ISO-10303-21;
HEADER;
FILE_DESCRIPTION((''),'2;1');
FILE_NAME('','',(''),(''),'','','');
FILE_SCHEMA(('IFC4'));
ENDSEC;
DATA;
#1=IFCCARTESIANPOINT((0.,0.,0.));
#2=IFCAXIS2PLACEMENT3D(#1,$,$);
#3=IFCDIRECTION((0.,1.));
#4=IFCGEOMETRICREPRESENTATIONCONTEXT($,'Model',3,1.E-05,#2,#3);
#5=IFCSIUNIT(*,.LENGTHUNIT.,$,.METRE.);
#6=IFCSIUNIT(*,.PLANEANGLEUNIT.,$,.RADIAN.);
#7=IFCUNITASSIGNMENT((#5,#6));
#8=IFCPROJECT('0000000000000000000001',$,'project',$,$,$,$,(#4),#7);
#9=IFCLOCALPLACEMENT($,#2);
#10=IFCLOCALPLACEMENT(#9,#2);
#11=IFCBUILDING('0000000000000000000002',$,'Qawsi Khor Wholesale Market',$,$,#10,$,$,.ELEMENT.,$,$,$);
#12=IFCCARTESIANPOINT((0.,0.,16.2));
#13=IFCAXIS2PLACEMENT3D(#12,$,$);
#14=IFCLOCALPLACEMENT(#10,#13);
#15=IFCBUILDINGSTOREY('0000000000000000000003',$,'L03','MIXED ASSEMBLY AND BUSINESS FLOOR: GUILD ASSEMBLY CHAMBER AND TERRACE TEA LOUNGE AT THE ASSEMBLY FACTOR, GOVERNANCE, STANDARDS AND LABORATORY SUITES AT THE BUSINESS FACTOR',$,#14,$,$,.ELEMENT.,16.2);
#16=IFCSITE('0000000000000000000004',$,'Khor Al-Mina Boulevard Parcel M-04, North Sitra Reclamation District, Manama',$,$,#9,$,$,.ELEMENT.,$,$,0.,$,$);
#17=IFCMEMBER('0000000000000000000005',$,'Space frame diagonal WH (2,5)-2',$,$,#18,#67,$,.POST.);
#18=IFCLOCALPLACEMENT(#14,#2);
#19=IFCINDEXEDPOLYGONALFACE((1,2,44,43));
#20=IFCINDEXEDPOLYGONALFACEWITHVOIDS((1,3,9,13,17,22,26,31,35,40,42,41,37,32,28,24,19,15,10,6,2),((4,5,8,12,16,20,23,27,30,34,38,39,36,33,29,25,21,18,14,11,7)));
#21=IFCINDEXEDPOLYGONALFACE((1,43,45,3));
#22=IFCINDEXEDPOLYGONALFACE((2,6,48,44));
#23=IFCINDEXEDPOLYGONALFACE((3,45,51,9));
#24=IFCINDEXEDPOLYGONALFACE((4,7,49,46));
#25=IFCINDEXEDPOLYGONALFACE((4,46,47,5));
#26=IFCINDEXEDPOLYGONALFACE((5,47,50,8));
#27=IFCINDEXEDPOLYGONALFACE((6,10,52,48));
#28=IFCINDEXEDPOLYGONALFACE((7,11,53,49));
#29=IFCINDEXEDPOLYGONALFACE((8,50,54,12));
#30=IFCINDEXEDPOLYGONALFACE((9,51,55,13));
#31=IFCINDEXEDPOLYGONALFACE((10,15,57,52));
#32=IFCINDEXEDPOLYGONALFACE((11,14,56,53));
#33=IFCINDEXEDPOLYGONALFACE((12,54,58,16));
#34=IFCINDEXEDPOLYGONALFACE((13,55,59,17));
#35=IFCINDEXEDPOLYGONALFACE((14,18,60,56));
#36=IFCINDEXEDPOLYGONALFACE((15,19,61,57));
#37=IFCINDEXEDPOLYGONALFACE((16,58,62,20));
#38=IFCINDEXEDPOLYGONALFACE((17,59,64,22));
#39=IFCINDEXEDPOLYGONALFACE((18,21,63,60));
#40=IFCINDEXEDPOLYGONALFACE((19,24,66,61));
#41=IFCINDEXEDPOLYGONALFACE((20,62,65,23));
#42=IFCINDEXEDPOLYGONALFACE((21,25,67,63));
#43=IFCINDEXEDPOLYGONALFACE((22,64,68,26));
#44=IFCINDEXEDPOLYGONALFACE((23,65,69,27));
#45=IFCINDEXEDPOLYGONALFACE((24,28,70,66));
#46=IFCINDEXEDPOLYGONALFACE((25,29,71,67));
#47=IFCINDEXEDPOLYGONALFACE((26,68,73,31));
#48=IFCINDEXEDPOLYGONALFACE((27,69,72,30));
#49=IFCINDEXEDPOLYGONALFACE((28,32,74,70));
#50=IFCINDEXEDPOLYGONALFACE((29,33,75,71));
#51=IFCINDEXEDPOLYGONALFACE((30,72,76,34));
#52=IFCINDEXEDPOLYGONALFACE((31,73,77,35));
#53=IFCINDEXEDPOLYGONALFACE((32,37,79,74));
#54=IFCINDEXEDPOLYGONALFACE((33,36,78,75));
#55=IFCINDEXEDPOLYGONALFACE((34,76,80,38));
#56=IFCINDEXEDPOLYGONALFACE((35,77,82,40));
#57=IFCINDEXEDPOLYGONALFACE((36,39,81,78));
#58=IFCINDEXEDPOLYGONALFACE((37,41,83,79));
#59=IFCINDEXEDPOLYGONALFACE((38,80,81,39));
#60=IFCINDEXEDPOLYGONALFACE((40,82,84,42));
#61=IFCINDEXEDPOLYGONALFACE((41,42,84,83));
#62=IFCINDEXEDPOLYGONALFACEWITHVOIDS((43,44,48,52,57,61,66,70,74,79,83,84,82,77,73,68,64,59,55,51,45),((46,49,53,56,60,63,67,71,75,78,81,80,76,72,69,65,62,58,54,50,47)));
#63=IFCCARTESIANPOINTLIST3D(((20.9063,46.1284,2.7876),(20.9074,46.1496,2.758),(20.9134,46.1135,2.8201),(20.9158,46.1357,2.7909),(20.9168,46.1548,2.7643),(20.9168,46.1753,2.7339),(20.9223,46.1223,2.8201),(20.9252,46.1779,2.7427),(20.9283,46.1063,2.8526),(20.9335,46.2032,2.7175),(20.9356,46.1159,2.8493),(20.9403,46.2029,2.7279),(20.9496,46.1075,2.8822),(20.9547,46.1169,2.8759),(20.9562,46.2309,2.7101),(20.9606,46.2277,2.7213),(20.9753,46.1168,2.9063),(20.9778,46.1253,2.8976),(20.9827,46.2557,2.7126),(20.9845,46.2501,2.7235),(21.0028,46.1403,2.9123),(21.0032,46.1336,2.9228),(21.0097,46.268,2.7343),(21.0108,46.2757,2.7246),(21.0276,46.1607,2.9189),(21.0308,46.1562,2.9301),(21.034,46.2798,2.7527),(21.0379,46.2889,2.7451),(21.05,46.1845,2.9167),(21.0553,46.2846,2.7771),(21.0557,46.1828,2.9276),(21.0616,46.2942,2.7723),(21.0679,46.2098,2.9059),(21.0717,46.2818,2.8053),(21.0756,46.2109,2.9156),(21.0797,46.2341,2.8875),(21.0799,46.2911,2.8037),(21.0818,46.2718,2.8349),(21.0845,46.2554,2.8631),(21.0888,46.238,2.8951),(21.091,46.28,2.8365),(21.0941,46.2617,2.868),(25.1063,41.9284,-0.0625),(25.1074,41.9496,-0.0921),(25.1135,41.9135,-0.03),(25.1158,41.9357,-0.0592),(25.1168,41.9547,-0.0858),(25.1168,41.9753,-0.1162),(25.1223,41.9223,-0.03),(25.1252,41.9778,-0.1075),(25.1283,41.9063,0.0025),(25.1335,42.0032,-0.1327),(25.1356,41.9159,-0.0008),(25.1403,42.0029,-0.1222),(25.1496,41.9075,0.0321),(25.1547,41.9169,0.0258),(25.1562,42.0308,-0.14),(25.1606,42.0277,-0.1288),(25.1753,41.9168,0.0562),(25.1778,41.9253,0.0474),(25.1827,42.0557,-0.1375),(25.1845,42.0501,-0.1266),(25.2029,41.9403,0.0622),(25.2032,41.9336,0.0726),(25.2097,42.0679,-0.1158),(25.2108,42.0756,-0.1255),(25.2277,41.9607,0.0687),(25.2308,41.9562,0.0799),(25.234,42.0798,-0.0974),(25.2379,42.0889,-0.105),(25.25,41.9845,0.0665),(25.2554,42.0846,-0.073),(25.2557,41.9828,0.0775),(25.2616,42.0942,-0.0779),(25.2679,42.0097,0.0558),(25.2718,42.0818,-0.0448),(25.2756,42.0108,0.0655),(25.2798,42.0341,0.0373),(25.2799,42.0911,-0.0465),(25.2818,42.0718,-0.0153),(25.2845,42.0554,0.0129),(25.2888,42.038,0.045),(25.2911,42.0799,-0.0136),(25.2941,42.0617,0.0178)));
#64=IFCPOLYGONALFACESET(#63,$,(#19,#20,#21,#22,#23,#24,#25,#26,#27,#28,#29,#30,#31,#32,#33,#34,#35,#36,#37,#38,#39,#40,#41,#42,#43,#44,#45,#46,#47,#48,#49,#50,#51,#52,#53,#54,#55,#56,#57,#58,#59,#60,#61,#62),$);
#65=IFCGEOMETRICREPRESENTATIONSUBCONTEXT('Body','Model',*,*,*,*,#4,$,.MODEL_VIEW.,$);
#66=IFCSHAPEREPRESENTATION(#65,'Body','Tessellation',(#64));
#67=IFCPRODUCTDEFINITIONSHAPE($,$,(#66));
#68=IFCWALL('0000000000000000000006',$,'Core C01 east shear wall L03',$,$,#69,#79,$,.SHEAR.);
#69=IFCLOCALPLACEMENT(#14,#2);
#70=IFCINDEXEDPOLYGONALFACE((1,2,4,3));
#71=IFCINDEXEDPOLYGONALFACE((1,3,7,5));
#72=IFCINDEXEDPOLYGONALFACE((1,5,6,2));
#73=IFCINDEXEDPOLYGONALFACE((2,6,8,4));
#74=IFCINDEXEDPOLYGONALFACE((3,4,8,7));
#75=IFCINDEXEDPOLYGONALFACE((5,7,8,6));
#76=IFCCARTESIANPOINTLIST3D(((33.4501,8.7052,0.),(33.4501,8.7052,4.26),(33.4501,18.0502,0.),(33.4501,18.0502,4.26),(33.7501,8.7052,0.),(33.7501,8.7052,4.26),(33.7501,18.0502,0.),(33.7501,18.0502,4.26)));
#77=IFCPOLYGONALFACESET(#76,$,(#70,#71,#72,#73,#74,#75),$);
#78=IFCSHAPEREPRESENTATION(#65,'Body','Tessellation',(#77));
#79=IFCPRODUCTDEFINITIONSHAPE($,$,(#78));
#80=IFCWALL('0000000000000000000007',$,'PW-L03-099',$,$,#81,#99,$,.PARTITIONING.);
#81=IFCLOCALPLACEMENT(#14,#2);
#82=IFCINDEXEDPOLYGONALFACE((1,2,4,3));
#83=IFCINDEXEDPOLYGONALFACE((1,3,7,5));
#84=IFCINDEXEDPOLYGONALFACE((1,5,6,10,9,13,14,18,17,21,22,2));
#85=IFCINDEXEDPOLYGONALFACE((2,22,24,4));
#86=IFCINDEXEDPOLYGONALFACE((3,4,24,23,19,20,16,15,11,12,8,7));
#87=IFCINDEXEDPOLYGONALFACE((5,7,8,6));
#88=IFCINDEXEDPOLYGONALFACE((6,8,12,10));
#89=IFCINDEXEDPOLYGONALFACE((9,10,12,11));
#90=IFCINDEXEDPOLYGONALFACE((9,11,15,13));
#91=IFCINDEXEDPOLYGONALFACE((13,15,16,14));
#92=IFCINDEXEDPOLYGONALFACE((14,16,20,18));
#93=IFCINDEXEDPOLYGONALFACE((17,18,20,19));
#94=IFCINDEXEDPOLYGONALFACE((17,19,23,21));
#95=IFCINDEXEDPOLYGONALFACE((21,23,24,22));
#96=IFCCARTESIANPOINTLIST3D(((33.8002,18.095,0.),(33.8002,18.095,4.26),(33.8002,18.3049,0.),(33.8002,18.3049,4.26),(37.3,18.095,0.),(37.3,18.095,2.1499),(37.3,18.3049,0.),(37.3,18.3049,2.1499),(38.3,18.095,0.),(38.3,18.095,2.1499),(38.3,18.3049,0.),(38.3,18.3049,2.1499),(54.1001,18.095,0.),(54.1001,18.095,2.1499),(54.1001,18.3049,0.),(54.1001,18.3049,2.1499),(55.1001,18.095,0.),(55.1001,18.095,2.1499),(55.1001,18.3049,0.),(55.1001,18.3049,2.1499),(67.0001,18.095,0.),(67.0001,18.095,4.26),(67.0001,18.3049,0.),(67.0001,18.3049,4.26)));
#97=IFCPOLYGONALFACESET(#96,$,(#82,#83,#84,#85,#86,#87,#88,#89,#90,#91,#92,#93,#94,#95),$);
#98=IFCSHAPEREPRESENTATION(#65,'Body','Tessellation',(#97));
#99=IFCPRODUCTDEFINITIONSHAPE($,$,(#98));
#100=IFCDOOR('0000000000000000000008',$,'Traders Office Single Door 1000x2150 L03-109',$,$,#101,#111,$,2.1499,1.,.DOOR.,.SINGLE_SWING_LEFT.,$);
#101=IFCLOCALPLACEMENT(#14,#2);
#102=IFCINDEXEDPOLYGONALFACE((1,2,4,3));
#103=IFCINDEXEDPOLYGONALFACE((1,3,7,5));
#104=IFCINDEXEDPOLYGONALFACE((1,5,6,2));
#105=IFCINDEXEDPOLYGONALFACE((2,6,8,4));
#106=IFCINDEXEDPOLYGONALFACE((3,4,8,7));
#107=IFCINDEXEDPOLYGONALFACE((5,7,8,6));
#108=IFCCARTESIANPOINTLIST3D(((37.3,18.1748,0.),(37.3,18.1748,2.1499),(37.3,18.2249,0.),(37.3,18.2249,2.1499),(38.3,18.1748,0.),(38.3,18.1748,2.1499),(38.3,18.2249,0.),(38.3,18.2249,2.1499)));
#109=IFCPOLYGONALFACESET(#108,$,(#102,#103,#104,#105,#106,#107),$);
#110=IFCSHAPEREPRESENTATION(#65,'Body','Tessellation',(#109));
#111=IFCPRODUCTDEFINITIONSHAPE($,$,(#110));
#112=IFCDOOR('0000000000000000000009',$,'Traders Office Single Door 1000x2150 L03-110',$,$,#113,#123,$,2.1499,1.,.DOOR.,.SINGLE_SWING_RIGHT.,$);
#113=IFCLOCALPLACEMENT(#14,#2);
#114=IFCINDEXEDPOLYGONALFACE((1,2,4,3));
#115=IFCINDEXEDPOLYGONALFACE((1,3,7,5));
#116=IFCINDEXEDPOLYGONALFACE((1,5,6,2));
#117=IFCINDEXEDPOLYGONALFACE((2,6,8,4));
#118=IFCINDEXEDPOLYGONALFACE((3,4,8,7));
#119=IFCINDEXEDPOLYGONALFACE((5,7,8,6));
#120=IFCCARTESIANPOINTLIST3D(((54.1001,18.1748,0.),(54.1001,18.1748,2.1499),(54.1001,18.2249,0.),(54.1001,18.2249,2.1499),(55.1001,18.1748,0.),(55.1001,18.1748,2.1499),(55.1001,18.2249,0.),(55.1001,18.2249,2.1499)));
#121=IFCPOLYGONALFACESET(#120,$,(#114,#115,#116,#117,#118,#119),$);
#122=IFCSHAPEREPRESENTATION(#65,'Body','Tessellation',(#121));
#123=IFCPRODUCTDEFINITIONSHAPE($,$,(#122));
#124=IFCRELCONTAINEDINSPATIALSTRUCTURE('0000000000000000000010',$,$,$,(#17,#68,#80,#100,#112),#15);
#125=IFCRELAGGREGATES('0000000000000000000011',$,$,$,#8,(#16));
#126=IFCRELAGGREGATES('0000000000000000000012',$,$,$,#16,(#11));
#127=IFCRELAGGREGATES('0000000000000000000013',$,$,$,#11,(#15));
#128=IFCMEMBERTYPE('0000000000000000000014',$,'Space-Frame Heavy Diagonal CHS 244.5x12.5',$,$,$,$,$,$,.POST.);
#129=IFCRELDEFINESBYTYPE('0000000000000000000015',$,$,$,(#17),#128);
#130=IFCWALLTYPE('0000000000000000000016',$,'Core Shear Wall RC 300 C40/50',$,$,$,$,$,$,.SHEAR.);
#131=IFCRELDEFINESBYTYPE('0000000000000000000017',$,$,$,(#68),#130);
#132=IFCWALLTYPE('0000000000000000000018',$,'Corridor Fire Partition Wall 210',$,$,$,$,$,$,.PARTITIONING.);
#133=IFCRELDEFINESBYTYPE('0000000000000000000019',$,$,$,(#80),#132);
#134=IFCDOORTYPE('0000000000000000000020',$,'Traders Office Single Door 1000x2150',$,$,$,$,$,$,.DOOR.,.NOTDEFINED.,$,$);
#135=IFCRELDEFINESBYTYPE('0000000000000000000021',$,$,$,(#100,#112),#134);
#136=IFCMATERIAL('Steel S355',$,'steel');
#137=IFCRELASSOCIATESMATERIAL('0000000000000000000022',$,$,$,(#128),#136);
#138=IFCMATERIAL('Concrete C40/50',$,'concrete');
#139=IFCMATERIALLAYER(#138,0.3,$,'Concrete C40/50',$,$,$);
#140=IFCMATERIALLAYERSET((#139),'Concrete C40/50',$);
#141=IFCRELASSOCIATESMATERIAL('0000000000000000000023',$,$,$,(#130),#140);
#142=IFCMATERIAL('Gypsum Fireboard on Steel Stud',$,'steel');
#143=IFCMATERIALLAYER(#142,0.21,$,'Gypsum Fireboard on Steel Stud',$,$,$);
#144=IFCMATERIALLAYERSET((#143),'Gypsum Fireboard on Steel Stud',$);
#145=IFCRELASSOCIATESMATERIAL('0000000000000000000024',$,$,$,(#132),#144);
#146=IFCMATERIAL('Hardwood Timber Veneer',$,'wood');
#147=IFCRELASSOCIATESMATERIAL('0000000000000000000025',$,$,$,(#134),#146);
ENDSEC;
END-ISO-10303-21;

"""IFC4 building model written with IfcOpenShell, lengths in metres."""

from ifc_helpers import new_model, si_unit, direction, frame, frame_2d, origin, origin_2d, place, context, subcontext, project, spatial, rectangle, hollow_circle, extrude, material, layer, layer_set, material_profile, profile_set, type_object, element, fill, save


model = new_model("IFC4")

# Units and contexts
model_context = context("Model", 3, precision=1e-05, world=origin(), true_north=direction((0.0, 1.0)))
body_context = subcontext(model_context, "Body", "Model", "MODEL_VIEW")
ifc_project = project(units=[si_unit("LENGTHUNIT", "METRE"), si_unit("PLANEANGLEUNIT", "RADIAN")], contexts=[model_context])

# Site, building, storey
site_placement = place(None, origin())
site = spatial("IfcSite", under=ifc_project, at=site_placement, Name="Khor Al-Mina Boulevard Parcel M-04, North Sitra Reclamation District, Manama", CompositionType="ELEMENT", RefElevation=0.0)
building_placement = place(site_placement, origin())
building = spatial("IfcBuilding", under=site, at=building_placement, Name="Qawsi Khor Wholesale Market", CompositionType="ELEMENT")
storey_placement = place(building_placement, frame((0.0, 0.0, 16.2)))
storey = spatial("IfcBuildingStorey", under=building, at=storey_placement, Name="L03", Description="MIXED ASSEMBLY AND BUSINESS FLOOR: GUILD ASSEMBLY CHAMBER AND TERRACE TEA LOUNGE AT THE ASSEMBLY FACTOR, GOVERNANCE, STANDARDS AND LABORATORY SUITES AT THE BUSINESS FACTOR", CompositionType="ELEMENT", Elevation=16.2)

# Shared definitions
ifc_material_1 = material(Name="Concrete C40/50", Category="concrete")

# Shared definitions
ifc_material_2 = material(Name="Steel S355", Category="steel")

# Member
ifc_material_profile_1 = material_profile(ifc_material_2, hollow_circle(Radius=0.1223, WallThickness=0.0125, at=origin_2d()), Name="CHS 244.5x12.5")
ifc_profile_set_1 = profile_set([ifc_material_profile_1], Name="Steel S355")
member_type_1 = type_object("IfcMemberType", Name="Space-Frame Heavy Diagonal CHS 244.5x12.5", PredefinedType="POST", material=ifc_profile_set_1)
member_1_placement = place(storey_placement, frame((25.2, 42.0, -0.03), z_axis=(-0.637512, 0.637512, 0.432617), x_axis=(-0.707107, -0.707107, 0.0)))
element("IfcMember", 1, at=member_1_placement, inside=storey, type_object=member_type_1, Name="Space frame diagonal WH (2,5)-2", PredefinedType="POST", context=body_context, shape_type="SweptSolid", body=[
    extrude(hollow_circle(Radius=0.1223, WallThickness=0.0125, at=origin_2d()), origin(), (0.0, 0.0, 1.0), 6.5881),
])

# Wall
ifc_layer_1 = layer(ifc_material_1, 0.3, Name="Concrete C40/50")
ifc_layer_set_1 = layer_set([ifc_layer_1], Name="Concrete C40/50")
wall_type_1 = type_object("IfcWallType", Name="Core Shear Wall RC 300 C40/50", PredefinedType="SHEAR", material=ifc_layer_set_1)
wall_1_placement = place(storey_placement, frame((33.6001, 18.05, 0.0), z_axis=(0.0, 0.0, 1.0), x_axis=(0.0, -1.0, 0.0)))
element("IfcWall", 2, at=wall_1_placement, inside=storey, type_object=wall_type_1, Name="Core C01 east shear wall L03", PredefinedType="SHEAR", context=body_context, shape_type="SweptSolid", body=[
    extrude(rectangle(XDim=9.345, YDim=0.3, at=frame_2d((4.6724, 0.0))), origin(), (0.0, 0.0, 1.0), 4.26),
])

# Wall, openings, doors
ifc_material_3 = material(Name="Gypsum Fireboard on Steel Stud", Category="steel")
ifc_layer_2 = layer(ifc_material_3, 0.21, Name="Gypsum Fireboard on Steel Stud")
ifc_layer_set_2 = layer_set([ifc_layer_2], Name="Gypsum Fireboard on Steel Stud")
wall_type_2 = type_object("IfcWallType", Name="Corridor Fire Partition Wall 210", PredefinedType="PARTITIONING", material=ifc_layer_set_2)
wall_2_placement = place(storey_placement, frame((33.8, 18.2, 0.0), z_axis=(0.0, 0.0, 1.0), x_axis=(1.0, 0.0, 0.0)))
wall_2 = element("IfcWall", 3, at=wall_2_placement, inside=storey, type_object=wall_type_2, Name="PW-L03-099", PredefinedType="PARTITIONING", context=body_context, shape_type="SweptSolid", body=[
    extrude(rectangle(XDim=33.2, YDim=0.21, at=frame_2d((16.6001, 0.0))), origin(), (0.0, 0.0, 1.0), 4.26),
])
opening_1_placement = place(wall_2_placement, frame((3.5, 0.0, 0.0)))
opening_1 = element("IfcOpeningElement", 4, at=opening_1_placement, cuts=wall_2, PredefinedType="OPENING", context=body_context, shape_type="SweptSolid", body=[
    extrude(rectangle(XDim=1.0, YDim=2.1499, at=frame_2d((0.5, 1.075))), frame((0.0, 0.115, 0.0), z_axis=(0.0, -1.0, 0.0), x_axis=(1.0, 0.0, 0.0)), (0.0, 0.0, 1.0), 0.23),
])
opening_2_placement = place(wall_2_placement, frame((20.3, 0.0, 0.0)))
opening_2 = element("IfcOpeningElement", 5, at=opening_2_placement, cuts=wall_2, PredefinedType="OPENING", context=body_context, shape_type="SweptSolid", body=[
    extrude(rectangle(XDim=1.0, YDim=2.1499, at=frame_2d((0.5, 1.075))), frame((0.0, 0.115, 0.0), z_axis=(0.0, -1.0, 0.0), x_axis=(1.0, 0.0, 0.0)), (0.0, 0.0, 1.0), 0.23),
])
ifc_material_4 = material(Name="Hardwood Timber Veneer", Category="wood")
door_type_1 = type_object("IfcDoorType", Name="Traders Office Single Door 1000x2150", OperationType="NOTDEFINED", PredefinedType="DOOR", material=ifc_material_4)
door_1_placement = place(opening_1_placement, origin())
door_1 = element("IfcDoor", 6, at=door_1_placement, inside=storey, type_object=door_type_1, Name="Traders Office Single Door 1000x2150 L03-109", OperationType="SINGLE_SWING_LEFT", OverallHeight=2.1499, OverallWidth=1.0, PredefinedType="DOOR", context=body_context, shape_type="SweptSolid", body=[
    extrude(rectangle(XDim=1.0, YDim=2.1499, at=frame_2d((0.5, 1.075))), frame((0.0, 0.0249, 0.0), z_axis=(0.0, -1.0, 0.0), x_axis=(1.0, 0.0, 0.0)), (0.0, 0.0, 1.0), 0.05),
])
fill(opening_1, door_1)
door_2_placement = place(opening_2_placement, origin())
door_2 = element("IfcDoor", 7, at=door_2_placement, inside=storey, type_object=door_type_1, Name="Traders Office Single Door 1000x2150 L03-110", OperationType="SINGLE_SWING_RIGHT", OverallHeight=2.1499, OverallWidth=1.0, PredefinedType="DOOR", context=body_context, shape_type="SweptSolid", body=[
    extrude(rectangle(XDim=1.0, YDim=2.1499, at=frame_2d((0.5, 1.075))), frame((0.0, 0.0249, 0.0), z_axis=(0.0, -1.0, 0.0), x_axis=(1.0, 0.0, 0.0)), (0.0, 0.0, 1.0), 0.05),
])
fill(opening_2, door_2)

save(model, "model.ifc")
